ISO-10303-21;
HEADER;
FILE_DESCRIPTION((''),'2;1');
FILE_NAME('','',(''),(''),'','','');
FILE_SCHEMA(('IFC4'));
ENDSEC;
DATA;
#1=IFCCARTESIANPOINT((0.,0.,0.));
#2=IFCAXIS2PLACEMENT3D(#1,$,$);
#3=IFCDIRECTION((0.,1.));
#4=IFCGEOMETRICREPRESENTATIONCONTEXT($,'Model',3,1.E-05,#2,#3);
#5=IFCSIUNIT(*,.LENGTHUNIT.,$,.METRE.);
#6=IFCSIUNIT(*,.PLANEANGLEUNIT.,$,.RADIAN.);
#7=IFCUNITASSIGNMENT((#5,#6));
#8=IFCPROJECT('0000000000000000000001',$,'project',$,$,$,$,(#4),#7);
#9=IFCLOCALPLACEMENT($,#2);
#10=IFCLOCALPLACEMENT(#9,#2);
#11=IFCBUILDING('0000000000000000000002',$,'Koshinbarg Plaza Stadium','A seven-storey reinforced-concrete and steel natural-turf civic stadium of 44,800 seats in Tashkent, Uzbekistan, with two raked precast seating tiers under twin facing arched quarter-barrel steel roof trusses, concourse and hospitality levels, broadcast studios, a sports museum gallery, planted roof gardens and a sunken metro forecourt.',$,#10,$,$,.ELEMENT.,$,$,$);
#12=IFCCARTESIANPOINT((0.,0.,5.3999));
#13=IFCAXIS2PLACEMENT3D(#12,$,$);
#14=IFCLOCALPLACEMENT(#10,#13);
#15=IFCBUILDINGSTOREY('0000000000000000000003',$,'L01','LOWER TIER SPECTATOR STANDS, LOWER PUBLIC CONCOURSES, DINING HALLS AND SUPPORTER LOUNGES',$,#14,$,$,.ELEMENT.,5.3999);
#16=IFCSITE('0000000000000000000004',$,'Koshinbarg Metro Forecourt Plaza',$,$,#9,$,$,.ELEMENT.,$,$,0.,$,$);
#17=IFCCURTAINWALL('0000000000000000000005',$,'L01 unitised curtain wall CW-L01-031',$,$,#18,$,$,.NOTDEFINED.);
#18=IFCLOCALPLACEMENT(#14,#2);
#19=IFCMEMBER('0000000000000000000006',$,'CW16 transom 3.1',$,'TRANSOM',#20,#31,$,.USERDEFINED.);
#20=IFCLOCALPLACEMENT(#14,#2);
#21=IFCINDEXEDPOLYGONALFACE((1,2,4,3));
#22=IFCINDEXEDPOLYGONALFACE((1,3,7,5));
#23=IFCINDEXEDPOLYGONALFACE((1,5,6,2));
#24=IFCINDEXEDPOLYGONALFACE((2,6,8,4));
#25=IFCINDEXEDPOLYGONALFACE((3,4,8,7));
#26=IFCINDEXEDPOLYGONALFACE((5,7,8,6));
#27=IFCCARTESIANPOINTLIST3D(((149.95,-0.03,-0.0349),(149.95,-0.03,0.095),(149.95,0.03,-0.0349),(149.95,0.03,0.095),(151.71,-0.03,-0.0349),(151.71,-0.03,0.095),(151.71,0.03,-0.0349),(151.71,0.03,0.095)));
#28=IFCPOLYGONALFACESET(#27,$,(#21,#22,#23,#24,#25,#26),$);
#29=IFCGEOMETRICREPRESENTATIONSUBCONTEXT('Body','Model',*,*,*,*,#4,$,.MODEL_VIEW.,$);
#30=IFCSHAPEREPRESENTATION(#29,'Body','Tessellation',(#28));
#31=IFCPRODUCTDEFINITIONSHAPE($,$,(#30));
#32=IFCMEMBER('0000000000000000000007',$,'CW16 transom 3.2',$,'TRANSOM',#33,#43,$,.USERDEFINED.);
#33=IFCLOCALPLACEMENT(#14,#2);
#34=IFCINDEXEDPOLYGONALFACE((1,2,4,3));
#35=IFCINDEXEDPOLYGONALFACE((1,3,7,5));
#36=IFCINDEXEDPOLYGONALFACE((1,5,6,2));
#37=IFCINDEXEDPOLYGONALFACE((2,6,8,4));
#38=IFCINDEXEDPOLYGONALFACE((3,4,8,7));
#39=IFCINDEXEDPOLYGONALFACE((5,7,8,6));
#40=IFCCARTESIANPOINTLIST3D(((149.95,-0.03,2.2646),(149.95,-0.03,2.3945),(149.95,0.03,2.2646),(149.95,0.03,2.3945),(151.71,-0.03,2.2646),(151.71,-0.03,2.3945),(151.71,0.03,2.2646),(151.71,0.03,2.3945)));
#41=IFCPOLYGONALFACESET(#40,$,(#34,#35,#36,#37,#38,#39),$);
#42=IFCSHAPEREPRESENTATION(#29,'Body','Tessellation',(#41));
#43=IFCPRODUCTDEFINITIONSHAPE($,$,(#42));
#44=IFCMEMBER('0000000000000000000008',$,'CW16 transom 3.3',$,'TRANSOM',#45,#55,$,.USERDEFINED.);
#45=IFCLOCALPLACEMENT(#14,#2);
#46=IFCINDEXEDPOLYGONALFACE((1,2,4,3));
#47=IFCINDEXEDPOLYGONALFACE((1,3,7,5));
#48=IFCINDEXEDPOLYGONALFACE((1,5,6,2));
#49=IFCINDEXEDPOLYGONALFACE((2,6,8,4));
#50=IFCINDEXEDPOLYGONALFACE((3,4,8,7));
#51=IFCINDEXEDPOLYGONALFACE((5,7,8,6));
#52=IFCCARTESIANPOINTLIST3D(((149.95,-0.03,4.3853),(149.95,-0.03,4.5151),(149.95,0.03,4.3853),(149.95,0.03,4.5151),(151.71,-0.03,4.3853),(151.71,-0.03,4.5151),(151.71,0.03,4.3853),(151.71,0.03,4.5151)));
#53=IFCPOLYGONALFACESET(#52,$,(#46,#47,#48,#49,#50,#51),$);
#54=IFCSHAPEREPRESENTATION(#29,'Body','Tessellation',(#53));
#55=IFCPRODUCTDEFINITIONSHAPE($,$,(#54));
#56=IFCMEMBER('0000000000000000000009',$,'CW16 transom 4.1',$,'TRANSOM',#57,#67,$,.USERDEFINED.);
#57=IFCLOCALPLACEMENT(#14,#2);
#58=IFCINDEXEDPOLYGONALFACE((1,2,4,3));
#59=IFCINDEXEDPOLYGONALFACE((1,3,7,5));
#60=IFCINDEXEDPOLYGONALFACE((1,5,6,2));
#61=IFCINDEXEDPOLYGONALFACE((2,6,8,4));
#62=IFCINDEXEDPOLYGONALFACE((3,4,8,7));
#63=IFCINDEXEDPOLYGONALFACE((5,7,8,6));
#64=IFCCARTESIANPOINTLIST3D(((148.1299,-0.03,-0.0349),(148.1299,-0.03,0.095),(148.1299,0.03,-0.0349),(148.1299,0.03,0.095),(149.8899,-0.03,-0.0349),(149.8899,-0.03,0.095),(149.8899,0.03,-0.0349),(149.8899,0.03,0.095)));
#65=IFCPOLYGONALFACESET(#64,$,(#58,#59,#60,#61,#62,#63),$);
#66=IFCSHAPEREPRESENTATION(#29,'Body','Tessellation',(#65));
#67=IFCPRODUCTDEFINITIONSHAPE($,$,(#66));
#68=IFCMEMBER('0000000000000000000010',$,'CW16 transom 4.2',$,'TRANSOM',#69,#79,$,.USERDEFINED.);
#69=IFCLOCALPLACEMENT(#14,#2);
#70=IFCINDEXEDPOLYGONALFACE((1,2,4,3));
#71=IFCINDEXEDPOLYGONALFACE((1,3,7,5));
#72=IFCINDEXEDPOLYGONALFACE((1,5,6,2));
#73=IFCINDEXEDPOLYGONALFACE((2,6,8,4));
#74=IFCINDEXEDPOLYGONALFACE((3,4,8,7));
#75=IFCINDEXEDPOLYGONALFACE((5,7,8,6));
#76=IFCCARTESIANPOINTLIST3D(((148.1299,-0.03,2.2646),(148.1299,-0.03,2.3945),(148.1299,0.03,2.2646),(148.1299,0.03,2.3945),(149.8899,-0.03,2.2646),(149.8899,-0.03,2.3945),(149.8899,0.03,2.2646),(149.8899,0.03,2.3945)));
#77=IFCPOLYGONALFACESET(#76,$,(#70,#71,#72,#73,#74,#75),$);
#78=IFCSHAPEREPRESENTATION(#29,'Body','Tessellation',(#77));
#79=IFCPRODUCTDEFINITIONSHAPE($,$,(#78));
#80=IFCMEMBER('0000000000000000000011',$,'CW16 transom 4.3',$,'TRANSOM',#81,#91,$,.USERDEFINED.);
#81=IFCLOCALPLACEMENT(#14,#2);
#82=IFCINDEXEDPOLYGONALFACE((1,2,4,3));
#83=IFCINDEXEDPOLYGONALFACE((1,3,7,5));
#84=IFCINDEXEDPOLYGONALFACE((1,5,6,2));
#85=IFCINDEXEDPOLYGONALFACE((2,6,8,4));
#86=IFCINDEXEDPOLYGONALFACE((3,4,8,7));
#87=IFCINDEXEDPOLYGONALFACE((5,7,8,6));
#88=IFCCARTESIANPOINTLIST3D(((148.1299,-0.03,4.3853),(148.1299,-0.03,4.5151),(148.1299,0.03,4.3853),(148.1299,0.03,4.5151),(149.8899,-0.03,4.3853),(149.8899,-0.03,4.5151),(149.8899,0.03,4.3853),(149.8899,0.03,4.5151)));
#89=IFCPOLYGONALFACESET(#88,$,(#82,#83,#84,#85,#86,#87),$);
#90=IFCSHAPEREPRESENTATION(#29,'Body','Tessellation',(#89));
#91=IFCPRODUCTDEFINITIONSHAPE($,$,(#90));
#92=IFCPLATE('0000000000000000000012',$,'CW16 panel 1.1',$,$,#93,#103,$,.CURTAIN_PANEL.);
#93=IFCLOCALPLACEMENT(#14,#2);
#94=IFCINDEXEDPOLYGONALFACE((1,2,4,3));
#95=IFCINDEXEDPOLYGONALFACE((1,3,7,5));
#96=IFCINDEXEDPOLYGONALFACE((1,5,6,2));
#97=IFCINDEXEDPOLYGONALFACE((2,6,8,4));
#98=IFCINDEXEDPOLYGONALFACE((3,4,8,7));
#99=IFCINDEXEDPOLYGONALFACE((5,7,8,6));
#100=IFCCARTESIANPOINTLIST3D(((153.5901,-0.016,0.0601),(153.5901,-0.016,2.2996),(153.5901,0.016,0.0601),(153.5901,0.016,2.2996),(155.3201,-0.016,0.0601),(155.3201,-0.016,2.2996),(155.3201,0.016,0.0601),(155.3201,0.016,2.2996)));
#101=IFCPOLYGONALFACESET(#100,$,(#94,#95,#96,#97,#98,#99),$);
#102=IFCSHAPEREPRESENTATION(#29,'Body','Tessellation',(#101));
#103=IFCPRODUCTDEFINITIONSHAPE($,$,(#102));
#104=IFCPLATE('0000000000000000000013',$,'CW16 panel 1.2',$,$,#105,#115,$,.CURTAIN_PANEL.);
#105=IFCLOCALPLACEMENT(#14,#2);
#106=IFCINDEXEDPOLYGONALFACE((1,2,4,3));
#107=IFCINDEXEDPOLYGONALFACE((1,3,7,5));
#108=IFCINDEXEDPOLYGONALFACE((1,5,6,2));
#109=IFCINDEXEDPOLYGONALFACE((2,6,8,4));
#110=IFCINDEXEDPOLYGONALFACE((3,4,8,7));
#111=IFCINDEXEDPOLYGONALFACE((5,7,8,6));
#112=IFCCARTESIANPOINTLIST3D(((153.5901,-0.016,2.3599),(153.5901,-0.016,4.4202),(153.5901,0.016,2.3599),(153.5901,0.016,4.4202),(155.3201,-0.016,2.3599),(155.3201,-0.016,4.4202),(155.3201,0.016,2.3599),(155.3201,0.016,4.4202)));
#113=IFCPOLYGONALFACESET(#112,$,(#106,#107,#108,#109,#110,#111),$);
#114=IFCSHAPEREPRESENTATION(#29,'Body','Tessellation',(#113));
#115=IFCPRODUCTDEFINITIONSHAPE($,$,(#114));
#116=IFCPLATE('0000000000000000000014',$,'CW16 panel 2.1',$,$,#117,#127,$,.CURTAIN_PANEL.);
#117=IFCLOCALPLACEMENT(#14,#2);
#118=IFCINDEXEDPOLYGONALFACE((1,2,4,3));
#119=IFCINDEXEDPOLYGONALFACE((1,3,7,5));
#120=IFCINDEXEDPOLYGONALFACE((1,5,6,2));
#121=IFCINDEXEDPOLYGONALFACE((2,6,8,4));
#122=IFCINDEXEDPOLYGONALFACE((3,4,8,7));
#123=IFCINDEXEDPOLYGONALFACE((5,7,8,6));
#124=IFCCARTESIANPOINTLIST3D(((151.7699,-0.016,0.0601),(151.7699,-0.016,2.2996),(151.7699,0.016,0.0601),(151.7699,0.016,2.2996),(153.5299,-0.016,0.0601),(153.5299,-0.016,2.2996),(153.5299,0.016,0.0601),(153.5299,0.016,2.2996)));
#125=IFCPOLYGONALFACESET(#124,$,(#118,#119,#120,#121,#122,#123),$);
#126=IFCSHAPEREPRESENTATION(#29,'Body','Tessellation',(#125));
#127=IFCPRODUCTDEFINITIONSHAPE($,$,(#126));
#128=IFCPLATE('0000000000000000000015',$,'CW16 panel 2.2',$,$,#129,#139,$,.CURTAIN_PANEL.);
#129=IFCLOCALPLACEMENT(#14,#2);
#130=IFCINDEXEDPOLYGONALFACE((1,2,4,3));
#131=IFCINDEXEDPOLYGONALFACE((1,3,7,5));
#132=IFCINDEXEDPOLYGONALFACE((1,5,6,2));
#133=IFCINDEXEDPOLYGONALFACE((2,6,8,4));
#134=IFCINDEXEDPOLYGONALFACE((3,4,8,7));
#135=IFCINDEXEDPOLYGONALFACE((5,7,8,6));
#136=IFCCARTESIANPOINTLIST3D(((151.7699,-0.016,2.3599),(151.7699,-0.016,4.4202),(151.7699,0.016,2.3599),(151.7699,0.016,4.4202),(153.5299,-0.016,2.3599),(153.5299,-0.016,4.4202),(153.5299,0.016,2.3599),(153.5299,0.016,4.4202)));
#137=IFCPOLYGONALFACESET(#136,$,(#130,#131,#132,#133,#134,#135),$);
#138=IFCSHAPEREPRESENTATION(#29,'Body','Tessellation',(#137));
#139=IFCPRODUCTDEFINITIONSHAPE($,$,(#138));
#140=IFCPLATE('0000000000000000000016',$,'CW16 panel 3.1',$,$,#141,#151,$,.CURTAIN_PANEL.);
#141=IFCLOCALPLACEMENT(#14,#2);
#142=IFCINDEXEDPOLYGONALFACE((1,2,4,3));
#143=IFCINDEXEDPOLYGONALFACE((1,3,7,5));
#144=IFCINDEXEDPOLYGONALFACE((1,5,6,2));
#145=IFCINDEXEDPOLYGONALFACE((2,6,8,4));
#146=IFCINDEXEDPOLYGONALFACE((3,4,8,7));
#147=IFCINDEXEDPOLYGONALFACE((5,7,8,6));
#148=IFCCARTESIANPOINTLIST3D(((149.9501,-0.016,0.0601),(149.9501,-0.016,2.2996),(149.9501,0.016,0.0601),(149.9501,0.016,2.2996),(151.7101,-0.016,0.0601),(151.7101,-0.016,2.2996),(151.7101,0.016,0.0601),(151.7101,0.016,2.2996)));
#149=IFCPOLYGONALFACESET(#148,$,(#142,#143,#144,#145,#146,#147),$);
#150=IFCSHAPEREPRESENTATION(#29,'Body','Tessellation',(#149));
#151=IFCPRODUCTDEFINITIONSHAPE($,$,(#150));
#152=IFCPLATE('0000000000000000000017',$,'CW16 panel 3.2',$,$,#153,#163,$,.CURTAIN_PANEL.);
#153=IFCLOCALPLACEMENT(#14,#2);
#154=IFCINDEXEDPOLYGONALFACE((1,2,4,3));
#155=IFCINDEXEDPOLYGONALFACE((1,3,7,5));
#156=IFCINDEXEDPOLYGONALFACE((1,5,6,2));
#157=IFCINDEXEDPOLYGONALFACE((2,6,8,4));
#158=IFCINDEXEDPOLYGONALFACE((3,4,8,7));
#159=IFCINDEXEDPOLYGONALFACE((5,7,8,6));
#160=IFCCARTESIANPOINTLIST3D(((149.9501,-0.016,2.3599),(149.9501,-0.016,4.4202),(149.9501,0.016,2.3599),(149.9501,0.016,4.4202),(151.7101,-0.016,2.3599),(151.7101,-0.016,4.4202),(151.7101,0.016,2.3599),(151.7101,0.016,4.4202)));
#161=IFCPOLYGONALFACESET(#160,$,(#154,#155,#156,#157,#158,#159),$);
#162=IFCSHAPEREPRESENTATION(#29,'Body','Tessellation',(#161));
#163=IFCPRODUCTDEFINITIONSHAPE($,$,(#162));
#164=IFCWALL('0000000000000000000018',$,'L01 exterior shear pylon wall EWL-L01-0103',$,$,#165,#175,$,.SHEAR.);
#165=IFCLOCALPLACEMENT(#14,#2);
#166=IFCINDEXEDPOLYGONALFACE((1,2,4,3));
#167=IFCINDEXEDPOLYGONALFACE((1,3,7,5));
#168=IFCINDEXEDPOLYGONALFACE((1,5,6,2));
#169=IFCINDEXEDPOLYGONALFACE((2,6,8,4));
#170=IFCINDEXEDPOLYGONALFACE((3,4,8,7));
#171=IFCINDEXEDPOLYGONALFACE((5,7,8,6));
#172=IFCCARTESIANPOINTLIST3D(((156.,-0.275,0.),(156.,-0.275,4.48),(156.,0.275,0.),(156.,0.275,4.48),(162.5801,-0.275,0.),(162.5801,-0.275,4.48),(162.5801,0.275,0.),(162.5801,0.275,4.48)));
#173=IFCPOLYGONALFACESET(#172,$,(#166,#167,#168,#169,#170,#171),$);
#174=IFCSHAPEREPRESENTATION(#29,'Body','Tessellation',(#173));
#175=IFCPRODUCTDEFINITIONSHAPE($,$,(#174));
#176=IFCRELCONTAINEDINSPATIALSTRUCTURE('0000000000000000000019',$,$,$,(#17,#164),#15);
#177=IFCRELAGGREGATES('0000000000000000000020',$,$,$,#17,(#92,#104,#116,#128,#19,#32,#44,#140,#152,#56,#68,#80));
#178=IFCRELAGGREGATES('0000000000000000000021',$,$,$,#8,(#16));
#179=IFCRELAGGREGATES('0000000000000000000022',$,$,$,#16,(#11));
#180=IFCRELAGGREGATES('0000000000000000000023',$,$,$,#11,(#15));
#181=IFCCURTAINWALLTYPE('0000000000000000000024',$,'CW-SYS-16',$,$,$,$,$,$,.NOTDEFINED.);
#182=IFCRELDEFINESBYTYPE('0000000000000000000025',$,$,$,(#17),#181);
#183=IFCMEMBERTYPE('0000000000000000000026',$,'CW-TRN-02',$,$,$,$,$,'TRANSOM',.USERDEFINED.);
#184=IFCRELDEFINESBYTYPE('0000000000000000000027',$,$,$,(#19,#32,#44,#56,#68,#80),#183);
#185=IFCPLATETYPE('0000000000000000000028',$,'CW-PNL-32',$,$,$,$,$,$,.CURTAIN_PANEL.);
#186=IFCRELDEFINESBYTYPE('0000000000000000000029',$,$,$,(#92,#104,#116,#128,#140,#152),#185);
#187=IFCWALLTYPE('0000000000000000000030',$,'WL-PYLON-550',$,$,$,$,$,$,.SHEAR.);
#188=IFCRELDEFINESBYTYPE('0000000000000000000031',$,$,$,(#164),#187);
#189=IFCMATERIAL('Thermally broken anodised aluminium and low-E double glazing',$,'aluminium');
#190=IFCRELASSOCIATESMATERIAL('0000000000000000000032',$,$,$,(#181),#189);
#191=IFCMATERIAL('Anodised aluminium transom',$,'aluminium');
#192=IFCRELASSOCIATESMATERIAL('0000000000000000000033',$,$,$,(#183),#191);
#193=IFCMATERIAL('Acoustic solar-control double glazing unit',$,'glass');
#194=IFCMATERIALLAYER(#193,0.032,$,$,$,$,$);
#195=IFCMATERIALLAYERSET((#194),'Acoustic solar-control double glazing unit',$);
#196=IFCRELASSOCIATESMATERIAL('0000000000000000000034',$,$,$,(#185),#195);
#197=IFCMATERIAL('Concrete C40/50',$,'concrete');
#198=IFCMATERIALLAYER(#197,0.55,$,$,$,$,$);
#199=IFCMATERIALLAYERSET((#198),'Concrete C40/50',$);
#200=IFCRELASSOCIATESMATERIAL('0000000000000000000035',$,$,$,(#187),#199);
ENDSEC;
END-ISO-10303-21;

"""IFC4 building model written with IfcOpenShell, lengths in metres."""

from ifc_helpers import new_model, si_unit, direction, frame, frame_2d, origin, origin_2d, place, context, subcontext, project, spatial, rectangle, extrude, material, layer, layer_set, material_profile, profile_set, type_object, element, aggregate, save


model = new_model("IFC4")

# Units and contexts
model_context = context("Model", 3, precision=1e-05, world=origin(), true_north=direction((0.0, 1.0)))
body_context = subcontext(model_context, "Body", "Model", "MODEL_VIEW")
ifc_project = project(units=[si_unit("LENGTHUNIT", "METRE"), si_unit("PLANEANGLEUNIT", "RADIAN")], contexts=[model_context])

# Site, building, storey
site_placement = place(None, origin())
site = spatial("IfcSite", under=ifc_project, at=site_placement, Name="Koshinbarg Metro Forecourt Plaza", CompositionType="ELEMENT", RefElevation=0.0)
building_placement = place(site_placement, origin())
building = spatial("IfcBuilding", under=site, at=building_placement, Name="Koshinbarg Plaza Stadium", Description="A seven-storey reinforced-concrete and steel natural-turf civic stadium of 44,800 seats in Tashkent, Uzbekistan, with two raked precast seating tiers under twin facing arched quarter-barrel steel roof trusses, concourse and hospitality levels, broadcast studios, a sports museum gallery, planted roof gardens and a sunken metro forecourt.", CompositionType="ELEMENT")
storey_placement = place(building_placement, frame((0.0, 0.0, 5.3999)))
storey = spatial("IfcBuildingStorey", under=building, at=storey_placement, Name="L01", Description="LOWER TIER SPECTATOR STANDS, LOWER PUBLIC CONCOURSES, DINING HALLS AND SUPPORTER LOUNGES", CompositionType="ELEMENT", Elevation=5.3999)

# Shared definitions
ifc_material_1 = material(Name="Concrete C40/50", Category="concrete")

# Shared definitions
ifc_material_2 = material(Name="Thermally broken anodised aluminium and low-E double glazing", Category="aluminium")

# Curtain wall, members, plates
curtain_wall_type_1 = type_object("IfcCurtainWallType", Name="CW-SYS-16", PredefinedType="NOTDEFINED", material=ifc_material_2)
curtain_wall_1_placement = place(storey_placement, origin())
curtain_wall_1 = element("IfcCurtainWall", 1, at=curtain_wall_1_placement, inside=storey, type_object=curtain_wall_type_1, Name="L01 unitised curtain wall CW-L01-031", PredefinedType="NOTDEFINED")
ifc_material_3 = material(Name="Anodised aluminium transom", Category="aluminium")
ifc_material_profile_1 = material_profile(ifc_material_3, rectangle(XDim=0.0601, YDim=0.1299, at=origin_2d()), Name="ALU 60x130")
ifc_profile_set_1 = profile_set([ifc_material_profile_1], Name="Anodised aluminium transom")
member_type_1 = type_object("IfcMemberType", Name="CW-TRN-02", ElementType="TRANSOM", PredefinedType="USERDEFINED", material=ifc_profile_set_1)
member_1_placement = place(storey_placement, frame((151.71, 0.0, 0.03), z_axis=(-1.0, 0.0, 0.0), x_axis=(0.0, -1.0, 0.0)))
member_1 = element("IfcMember", 2, at=member_1_placement, type_object=member_type_1, Name="CW16 transom 3.1", ObjectType="TRANSOM", PredefinedType="USERDEFINED", context=body_context, shape_type="SweptSolid", body=[
    extrude(rectangle(XDim=0.0601, YDim=0.1299, at=origin_2d()), origin(), (0.0, 0.0, 1.0), 1.76),
])
member_2_placement = place(storey_placement, frame((151.71, 0.0, 2.3296), z_axis=(-1.0, 0.0, 0.0), x_axis=(0.0, -1.0, 0.0)))
member_2 = element("IfcMember", 3, at=member_2_placement, type_object=member_type_1, Name="CW16 transom 3.2", ObjectType="TRANSOM", PredefinedType="USERDEFINED", context=body_context, shape_type="SweptSolid", body=[
    extrude(rectangle(XDim=0.0601, YDim=0.1299, at=origin_2d()), origin(), (0.0, 0.0, 1.0), 1.76),
])
member_3_placement = place(storey_placement, frame((151.71, 0.0, 4.4502), z_axis=(-1.0, 0.0, 0.0), x_axis=(0.0, -1.0, 0.0)))
member_3 = element("IfcMember", 4, at=member_3_placement, type_object=member_type_1, Name="CW16 transom 3.3", ObjectType="TRANSOM", PredefinedType="USERDEFINED", context=body_context, shape_type="SweptSolid", body=[
    extrude(rectangle(XDim=0.0601, YDim=0.1299, at=origin_2d()), origin(), (0.0, 0.0, 1.0), 1.76),
])
member_4_placement = place(storey_placement, frame((149.8899, 0.0, 0.03), z_axis=(-1.0, 0.0, 0.0), x_axis=(0.0, -1.0, 0.0)))
member_4 = element("IfcMember", 5, at=member_4_placement, type_object=member_type_1, Name="CW16 transom 4.1", ObjectType="TRANSOM", PredefinedType="USERDEFINED", context=body_context, shape_type="SweptSolid", body=[
    extrude(rectangle(XDim=0.0601, YDim=0.1299, at=origin_2d()), origin(), (0.0, 0.0, 1.0), 1.76),
])
member_5_placement = place(storey_placement, frame((149.8899, 0.0, 2.3296), z_axis=(-1.0, 0.0, 0.0), x_axis=(0.0, -1.0, 0.0)))
member_5 = element("IfcMember", 6, at=member_5_placement, type_object=member_type_1, Name="CW16 transom 4.2", ObjectType="TRANSOM", PredefinedType="USERDEFINED", context=body_context, shape_type="SweptSolid", body=[
    extrude(rectangle(XDim=0.0601, YDim=0.1299, at=origin_2d()), origin(), (0.0, 0.0, 1.0), 1.76),
])
member_6_placement = place(storey_placement, frame((149.8899, 0.0, 4.4502), z_axis=(-1.0, 0.0, 0.0), x_axis=(0.0, -1.0, 0.0)))
member_6 = element("IfcMember", 7, at=member_6_placement, type_object=member_type_1, Name="CW16 transom 4.3", ObjectType="TRANSOM", PredefinedType="USERDEFINED", context=body_context, shape_type="SweptSolid", body=[
    extrude(rectangle(XDim=0.0601, YDim=0.1299, at=origin_2d()), origin(), (0.0, 0.0, 1.0), 1.76),
])
ifc_material_4 = material(Name="Acoustic solar-control double glazing unit", Category="glass")
ifc_layer_1 = layer(ifc_material_4, 0.032)
ifc_layer_set_1 = layer_set([ifc_layer_1], Name="Acoustic solar-control double glazing unit")
plate_type = type_object("IfcPlateType", Name="CW-PNL-32", PredefinedType="CURTAIN_PANEL", material=ifc_layer_set_1)
plate_1_placement = place(storey_placement, frame((154.4551, 0.0, 0.0601), z_axis=(0.0, 0.0, 1.0), x_axis=(-1.0, 0.0, 0.0)))
plate_1 = element("IfcPlate", 8, at=plate_1_placement, type_object=plate_type, Name="CW16 panel 1.1", PredefinedType="CURTAIN_PANEL", context=body_context, shape_type="SweptSolid", body=[
    extrude(rectangle(XDim=1.73, YDim=0.032, at=origin_2d()), origin(), (0.0, 0.0, 1.0), 2.2395),
])
plate_2_placement = place(storey_placement, frame((154.4551, 0.0, 2.3599), z_axis=(0.0, 0.0, 1.0), x_axis=(-1.0, 0.0, 0.0)))
plate_2 = element("IfcPlate", 9, at=plate_2_placement, type_object=plate_type, Name="CW16 panel 1.2", PredefinedType="CURTAIN_PANEL", context=body_context, shape_type="SweptSolid", body=[
    extrude(rectangle(XDim=1.73, YDim=0.032, at=origin_2d()), origin(), (0.0, 0.0, 1.0), 2.0603),
])
plate_3_placement = place(storey_placement, frame((152.6499, 0.0, 0.0601), z_axis=(0.0, 0.0, 1.0), x_axis=(-1.0, 0.0, 0.0)))
plate_3 = element("IfcPlate", 10, at=plate_3_placement, type_object=plate_type, Name="CW16 panel 2.1", PredefinedType="CURTAIN_PANEL", context=body_context, shape_type="SweptSolid", body=[
    extrude(rectangle(XDim=1.76, YDim=0.032, at=origin_2d()), origin(), (0.0, 0.0, 1.0), 2.2395),
])
plate_4_placement = place(storey_placement, frame((152.6499, 0.0, 2.3599), z_axis=(0.0, 0.0, 1.0), x_axis=(-1.0, 0.0, 0.0)))
plate_4 = element("IfcPlate", 11, at=plate_4_placement, type_object=plate_type, Name="CW16 panel 2.2", PredefinedType="CURTAIN_PANEL", context=body_context, shape_type="SweptSolid", body=[
    extrude(rectangle(XDim=1.76, YDim=0.032, at=origin_2d()), origin(), (0.0, 0.0, 1.0), 2.0603),
])
plate_5_placement = place(storey_placement, frame((150.8301, 0.0, 0.0601), z_axis=(0.0, 0.0, 1.0), x_axis=(-1.0, 0.0, 0.0)))
plate_5 = element("IfcPlate", 12, at=plate_5_placement, type_object=plate_type, Name="CW16 panel 3.1", PredefinedType="CURTAIN_PANEL", context=body_context, shape_type="SweptSolid", body=[
    extrude(rectangle(XDim=1.76, YDim=0.032, at=origin_2d()), origin(), (0.0, 0.0, 1.0), 2.2395),
])
plate_6_placement = place(storey_placement, frame((150.8301, 0.0, 2.3599), z_axis=(0.0, 0.0, 1.0), x_axis=(-1.0, 0.0, 0.0)))
plate_6 = element("IfcPlate", 13, at=plate_6_placement, type_object=plate_type, Name="CW16 panel 3.2", PredefinedType="CURTAIN_PANEL", context=body_context, shape_type="SweptSolid", body=[
    extrude(rectangle(XDim=1.76, YDim=0.032, at=origin_2d()), origin(), (0.0, 0.0, 1.0), 2.0603),
])
aggregate(curtain_wall_1, [plate_1, plate_2, plate_3, plate_4, member_1, member_2, member_3, plate_5, plate_6, member_4, member_5, member_6])

# Wall
ifc_layer_2 = layer(ifc_material_1, 0.55)
ifc_layer_set_2 = layer_set([ifc_layer_2], Name="Concrete C40/50")
wall_type = type_object("IfcWallType", Name="WL-PYLON-550", PredefinedType="SHEAR", material=ifc_layer_set_2)
wall_placement = place(storey_placement, frame((162.5801, 0.0, 0.0), z_axis=(0.0, 0.0, 1.0), x_axis=(-1.0, 0.0, 0.0)))
element("IfcWall", 14, at=wall_placement, inside=storey, type_object=wall_type, Name="L01 exterior shear pylon wall EWL-L01-0103", PredefinedType="SHEAR", context=body_context, shape_type="SweptSolid", body=[
    extrude(rectangle(XDim=6.5801, YDim=0.55, at=frame_2d((3.29, 0.0))), origin(), (0.0, 0.0, 1.0), 4.48),
])

save(model, "model.ifc")
